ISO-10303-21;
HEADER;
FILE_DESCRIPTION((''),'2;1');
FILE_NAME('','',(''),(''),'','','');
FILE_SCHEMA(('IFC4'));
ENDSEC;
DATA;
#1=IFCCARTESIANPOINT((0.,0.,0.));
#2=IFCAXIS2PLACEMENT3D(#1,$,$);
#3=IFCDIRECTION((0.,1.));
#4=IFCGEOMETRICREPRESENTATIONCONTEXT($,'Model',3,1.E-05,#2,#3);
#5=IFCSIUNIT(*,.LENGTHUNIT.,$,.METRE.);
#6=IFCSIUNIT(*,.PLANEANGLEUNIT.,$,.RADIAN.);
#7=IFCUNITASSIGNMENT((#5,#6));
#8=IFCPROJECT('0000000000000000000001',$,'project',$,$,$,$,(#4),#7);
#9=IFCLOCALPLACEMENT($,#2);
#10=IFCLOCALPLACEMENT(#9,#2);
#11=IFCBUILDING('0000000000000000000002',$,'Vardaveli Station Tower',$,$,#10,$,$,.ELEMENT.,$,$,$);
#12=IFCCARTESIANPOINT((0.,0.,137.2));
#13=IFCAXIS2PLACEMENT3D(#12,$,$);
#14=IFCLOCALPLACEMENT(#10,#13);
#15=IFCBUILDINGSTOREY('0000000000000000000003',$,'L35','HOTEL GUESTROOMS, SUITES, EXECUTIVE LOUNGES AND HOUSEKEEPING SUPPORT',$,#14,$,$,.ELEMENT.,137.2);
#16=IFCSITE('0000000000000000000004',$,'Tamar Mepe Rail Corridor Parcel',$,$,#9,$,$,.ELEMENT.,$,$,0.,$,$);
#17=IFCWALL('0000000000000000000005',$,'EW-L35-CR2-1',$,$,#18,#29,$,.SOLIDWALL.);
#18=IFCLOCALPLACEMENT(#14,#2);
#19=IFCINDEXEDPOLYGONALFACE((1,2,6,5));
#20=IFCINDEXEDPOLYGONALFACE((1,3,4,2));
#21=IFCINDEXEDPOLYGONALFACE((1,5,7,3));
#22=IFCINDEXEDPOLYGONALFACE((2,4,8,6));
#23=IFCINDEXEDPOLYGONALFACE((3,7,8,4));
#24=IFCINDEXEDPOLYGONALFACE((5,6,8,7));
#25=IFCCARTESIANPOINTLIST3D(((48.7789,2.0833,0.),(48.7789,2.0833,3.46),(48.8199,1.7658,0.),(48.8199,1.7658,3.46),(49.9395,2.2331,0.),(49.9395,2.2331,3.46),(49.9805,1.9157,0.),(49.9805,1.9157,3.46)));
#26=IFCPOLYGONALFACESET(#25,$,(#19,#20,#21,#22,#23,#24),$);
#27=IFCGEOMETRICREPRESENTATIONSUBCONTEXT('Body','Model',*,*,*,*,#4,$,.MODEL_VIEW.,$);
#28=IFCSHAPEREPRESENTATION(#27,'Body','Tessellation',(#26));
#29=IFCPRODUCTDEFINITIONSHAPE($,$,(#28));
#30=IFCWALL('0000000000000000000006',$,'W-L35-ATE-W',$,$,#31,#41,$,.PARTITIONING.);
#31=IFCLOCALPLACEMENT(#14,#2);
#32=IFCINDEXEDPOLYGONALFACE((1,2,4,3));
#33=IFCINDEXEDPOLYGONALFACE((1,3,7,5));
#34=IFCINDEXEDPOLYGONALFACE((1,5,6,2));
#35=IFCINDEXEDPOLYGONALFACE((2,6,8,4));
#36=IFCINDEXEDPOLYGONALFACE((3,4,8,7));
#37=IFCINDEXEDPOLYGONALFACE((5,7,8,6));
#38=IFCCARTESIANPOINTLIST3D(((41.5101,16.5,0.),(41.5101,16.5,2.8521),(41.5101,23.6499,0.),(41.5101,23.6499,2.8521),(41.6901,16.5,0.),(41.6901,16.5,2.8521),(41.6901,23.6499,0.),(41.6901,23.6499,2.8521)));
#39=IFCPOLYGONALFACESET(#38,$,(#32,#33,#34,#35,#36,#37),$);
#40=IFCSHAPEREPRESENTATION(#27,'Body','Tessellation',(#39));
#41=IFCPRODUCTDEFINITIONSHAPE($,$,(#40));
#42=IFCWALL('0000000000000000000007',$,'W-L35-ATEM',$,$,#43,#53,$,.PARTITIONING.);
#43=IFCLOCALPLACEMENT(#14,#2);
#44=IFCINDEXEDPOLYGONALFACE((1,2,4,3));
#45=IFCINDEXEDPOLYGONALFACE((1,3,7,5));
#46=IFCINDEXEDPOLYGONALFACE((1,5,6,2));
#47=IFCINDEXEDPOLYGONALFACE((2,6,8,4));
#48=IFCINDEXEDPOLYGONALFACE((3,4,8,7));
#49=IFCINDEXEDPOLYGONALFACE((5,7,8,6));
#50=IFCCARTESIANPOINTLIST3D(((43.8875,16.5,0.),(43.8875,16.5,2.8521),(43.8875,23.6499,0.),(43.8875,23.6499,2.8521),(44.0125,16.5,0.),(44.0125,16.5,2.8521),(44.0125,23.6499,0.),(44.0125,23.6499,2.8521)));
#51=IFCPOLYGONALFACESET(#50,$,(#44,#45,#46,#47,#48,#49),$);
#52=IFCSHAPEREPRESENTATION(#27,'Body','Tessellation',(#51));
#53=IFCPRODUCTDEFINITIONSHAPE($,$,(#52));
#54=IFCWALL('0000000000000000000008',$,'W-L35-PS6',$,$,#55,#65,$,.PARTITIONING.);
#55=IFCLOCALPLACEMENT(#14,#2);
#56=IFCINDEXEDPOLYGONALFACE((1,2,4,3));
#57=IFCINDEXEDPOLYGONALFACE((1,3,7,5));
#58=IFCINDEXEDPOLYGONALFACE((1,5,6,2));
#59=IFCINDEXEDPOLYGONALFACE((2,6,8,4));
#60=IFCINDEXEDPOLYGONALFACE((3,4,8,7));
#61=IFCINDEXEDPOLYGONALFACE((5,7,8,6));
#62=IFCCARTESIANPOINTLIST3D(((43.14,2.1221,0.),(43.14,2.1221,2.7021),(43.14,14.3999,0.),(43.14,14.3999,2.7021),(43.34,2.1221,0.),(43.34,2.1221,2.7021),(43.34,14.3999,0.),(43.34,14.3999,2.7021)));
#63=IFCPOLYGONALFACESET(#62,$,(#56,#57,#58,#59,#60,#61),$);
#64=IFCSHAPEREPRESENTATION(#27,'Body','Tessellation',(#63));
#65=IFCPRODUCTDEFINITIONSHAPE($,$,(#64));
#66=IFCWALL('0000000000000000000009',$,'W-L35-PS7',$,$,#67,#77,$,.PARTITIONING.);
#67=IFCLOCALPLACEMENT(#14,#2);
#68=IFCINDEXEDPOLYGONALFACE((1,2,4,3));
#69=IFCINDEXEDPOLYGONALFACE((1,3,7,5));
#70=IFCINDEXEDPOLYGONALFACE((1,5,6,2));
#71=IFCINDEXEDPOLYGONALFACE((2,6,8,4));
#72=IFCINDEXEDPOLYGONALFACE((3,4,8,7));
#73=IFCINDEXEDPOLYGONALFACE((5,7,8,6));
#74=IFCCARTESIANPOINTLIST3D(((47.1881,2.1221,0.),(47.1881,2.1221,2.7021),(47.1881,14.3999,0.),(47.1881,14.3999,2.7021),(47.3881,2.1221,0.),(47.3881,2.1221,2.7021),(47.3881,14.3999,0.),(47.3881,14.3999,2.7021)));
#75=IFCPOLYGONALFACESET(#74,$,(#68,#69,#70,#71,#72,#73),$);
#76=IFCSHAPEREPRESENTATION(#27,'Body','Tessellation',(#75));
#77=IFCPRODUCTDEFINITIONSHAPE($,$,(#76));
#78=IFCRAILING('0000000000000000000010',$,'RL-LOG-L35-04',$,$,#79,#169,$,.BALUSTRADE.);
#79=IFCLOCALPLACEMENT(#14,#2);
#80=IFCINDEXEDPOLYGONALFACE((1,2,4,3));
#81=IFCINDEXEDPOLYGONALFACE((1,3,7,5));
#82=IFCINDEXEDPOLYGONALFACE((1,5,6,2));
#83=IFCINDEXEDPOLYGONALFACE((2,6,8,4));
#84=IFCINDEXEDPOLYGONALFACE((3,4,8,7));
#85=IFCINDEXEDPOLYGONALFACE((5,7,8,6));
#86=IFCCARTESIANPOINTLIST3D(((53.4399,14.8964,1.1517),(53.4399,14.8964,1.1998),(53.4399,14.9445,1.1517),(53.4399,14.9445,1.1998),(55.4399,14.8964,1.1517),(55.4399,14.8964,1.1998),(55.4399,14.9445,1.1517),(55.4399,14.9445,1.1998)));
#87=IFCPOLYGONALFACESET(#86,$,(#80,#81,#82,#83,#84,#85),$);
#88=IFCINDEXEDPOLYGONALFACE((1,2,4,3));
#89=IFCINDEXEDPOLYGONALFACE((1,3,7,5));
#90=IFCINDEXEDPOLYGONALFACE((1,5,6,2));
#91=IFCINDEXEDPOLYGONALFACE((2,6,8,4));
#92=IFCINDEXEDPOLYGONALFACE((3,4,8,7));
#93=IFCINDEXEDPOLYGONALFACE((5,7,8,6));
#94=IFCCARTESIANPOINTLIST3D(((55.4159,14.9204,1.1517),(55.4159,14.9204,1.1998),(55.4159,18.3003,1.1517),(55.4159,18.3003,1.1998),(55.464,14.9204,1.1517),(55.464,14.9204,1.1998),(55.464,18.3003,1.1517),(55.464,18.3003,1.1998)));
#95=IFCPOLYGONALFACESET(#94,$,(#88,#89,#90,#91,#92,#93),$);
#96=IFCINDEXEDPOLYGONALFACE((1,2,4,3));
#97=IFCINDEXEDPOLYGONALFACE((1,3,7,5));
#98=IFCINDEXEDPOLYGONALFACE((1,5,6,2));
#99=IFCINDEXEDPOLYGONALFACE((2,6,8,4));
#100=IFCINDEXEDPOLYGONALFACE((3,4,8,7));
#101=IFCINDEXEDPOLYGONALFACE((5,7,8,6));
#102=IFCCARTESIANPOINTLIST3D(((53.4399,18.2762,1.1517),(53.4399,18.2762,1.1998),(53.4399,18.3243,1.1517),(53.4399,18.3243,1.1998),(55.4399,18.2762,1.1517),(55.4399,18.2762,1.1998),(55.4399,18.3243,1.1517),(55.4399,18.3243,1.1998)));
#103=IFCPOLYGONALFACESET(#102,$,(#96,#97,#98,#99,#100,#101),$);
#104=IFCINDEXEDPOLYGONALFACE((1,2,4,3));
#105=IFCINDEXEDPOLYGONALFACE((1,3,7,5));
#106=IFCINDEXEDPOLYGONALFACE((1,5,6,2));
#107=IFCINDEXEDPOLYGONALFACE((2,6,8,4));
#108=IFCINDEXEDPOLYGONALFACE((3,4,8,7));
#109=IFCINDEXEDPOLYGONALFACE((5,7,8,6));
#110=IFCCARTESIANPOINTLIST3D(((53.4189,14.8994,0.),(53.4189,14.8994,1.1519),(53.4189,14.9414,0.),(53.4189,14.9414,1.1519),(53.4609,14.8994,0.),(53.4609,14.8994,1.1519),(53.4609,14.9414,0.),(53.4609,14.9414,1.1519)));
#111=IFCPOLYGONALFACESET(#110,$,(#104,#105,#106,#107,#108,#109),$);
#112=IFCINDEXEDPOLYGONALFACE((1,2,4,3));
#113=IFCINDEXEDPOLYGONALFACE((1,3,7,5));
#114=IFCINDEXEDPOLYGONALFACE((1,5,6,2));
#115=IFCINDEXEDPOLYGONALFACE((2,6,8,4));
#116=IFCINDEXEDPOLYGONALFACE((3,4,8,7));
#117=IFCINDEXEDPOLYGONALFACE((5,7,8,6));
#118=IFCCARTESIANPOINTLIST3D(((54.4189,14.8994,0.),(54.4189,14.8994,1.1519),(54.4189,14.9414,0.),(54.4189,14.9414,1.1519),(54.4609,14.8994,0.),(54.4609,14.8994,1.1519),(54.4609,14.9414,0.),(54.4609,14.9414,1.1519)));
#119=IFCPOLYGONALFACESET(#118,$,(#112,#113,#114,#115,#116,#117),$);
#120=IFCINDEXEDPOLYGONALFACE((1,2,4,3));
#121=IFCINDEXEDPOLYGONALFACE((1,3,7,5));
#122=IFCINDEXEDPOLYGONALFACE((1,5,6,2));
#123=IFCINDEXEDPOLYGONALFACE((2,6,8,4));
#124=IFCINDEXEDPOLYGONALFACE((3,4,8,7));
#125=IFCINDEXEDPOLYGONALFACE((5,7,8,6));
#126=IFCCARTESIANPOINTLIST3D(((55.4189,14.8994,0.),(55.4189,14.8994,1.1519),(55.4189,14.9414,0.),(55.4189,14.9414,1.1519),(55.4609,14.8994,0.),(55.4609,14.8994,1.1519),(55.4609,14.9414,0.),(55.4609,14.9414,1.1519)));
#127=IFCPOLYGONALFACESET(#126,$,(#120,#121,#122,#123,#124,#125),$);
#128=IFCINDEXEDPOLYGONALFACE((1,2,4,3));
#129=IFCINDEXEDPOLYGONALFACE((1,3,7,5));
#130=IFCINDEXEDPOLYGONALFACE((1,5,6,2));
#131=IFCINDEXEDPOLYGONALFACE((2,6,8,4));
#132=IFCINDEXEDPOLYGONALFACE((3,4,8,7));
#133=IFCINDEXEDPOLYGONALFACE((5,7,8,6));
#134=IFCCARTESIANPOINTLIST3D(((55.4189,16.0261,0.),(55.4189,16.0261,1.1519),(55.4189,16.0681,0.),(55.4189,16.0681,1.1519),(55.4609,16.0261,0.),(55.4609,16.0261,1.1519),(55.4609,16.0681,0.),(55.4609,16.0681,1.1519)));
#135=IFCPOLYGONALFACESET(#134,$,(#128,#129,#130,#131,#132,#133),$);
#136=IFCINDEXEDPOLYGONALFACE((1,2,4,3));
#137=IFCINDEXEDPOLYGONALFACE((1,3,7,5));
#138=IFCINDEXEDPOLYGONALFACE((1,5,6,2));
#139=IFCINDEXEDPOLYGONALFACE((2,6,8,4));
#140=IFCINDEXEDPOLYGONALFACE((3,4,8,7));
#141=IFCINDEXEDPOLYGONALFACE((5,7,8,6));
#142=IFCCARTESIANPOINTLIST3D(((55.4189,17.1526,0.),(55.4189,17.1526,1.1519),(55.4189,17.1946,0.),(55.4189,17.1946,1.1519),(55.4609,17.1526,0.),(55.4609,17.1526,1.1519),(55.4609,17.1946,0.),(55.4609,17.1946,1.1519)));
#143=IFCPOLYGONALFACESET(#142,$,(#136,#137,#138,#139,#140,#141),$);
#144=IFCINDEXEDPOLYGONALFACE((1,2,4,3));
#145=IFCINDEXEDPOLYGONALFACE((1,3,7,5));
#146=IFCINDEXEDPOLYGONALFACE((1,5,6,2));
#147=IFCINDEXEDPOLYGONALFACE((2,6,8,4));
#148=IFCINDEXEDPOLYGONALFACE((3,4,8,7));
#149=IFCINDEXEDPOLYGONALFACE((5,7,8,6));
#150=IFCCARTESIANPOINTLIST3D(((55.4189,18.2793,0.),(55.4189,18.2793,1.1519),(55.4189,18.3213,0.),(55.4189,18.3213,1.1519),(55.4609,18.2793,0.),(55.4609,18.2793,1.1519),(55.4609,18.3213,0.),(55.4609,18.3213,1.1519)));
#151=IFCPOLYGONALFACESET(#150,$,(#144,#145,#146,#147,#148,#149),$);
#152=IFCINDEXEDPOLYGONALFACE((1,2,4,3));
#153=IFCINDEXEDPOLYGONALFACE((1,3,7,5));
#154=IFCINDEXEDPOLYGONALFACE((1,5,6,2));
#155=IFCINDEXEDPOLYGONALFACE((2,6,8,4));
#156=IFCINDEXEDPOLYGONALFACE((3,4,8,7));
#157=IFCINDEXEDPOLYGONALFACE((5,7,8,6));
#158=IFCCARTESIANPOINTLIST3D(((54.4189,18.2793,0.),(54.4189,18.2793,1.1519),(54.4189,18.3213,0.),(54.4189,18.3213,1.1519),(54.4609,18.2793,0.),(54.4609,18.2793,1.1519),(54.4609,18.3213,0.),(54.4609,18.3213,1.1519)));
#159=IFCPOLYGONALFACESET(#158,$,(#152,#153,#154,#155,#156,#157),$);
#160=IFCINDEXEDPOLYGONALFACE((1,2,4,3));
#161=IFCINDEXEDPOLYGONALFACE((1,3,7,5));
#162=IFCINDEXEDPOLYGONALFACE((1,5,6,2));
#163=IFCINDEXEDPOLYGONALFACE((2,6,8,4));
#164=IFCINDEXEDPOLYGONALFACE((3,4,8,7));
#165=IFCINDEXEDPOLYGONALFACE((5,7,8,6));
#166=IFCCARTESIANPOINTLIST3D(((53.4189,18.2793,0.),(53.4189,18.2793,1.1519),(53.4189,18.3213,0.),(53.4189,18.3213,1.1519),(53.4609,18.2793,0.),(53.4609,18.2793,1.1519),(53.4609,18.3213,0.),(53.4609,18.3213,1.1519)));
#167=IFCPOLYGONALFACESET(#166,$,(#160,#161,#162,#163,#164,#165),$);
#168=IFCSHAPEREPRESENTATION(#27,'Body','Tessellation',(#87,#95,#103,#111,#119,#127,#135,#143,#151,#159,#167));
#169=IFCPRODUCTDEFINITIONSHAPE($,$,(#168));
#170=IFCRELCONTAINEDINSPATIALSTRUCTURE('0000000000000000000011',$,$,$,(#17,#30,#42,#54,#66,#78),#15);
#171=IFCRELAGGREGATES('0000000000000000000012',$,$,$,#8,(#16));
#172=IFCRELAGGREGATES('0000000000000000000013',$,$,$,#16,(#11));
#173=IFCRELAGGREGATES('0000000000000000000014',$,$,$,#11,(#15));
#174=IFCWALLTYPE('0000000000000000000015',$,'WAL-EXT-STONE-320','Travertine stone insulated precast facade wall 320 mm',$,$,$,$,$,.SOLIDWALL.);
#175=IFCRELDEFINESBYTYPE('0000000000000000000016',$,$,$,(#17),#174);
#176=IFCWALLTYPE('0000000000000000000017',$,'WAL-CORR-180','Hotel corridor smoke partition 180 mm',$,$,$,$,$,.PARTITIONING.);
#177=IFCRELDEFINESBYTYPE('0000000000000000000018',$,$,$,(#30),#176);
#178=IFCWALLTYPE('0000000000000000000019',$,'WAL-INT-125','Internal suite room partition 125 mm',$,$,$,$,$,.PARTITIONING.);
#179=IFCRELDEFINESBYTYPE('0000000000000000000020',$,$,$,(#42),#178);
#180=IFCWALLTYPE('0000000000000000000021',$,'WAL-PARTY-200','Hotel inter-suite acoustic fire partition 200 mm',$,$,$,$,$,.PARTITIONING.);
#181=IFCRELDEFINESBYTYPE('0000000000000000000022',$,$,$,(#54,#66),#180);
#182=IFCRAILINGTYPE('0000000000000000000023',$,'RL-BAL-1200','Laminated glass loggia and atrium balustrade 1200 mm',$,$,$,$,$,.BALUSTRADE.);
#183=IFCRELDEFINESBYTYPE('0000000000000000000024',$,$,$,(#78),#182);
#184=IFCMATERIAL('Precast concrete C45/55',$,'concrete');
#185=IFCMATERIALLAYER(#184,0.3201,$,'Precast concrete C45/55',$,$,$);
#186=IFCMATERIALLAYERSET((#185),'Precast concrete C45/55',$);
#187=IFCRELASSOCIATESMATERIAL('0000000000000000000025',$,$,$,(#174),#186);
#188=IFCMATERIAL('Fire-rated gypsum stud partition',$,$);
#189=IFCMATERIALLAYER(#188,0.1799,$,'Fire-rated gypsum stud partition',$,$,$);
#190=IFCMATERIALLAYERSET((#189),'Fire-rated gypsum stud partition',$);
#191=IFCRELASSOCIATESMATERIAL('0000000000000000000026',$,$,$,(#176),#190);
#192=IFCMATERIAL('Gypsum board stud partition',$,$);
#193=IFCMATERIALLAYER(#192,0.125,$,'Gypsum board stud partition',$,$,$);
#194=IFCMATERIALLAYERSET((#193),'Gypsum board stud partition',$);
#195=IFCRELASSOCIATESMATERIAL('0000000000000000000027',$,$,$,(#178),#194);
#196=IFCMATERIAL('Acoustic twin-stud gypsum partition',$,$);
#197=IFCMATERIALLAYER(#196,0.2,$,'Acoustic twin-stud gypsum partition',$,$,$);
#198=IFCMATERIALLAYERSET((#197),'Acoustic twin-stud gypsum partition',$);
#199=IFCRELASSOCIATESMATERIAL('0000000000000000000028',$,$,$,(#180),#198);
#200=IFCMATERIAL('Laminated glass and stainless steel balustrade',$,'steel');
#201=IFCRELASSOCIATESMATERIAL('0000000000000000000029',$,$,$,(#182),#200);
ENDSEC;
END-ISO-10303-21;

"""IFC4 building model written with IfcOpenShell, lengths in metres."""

from ifc_helpers import new_model, si_unit, direction, frame, frame_2d, origin, origin_2d, place, context, subcontext, project, spatial, rectangle, extrude, source, transform, mapped, material, layer, layer_set, type_object, element, save


model = new_model("IFC4")

# Units and contexts
model_context = context("Model", 3, precision=1e-05, world=origin(), true_north=direction((0.0, 1.0)))
body_context = subcontext(model_context, "Body", "Model", "MODEL_VIEW")
ifc_project = project(units=[si_unit("LENGTHUNIT", "METRE"), si_unit("PLANEANGLEUNIT", "RADIAN")], contexts=[model_context])

# Site, building, storey
site_placement = place(None, origin())
site = spatial("IfcSite", under=ifc_project, at=site_placement, Name="Tamar Mepe Rail Corridor Parcel", CompositionType="ELEMENT", RefElevation=0.0)
building_placement = place(site_placement, origin())
building = spatial("IfcBuilding", under=site, at=building_placement, Name="Vardaveli Station Tower", CompositionType="ELEMENT")
storey_placement = place(building_placement, frame((0.0, 0.0, 137.2)))
storey = spatial("IfcBuildingStorey", under=building, at=storey_placement, Name="L35", Description="HOTEL GUESTROOMS, SUITES, EXECUTIVE LOUNGES AND HOUSEKEEPING SUPPORT", CompositionType="ELEMENT", Elevation=137.2)

# Shared definitions
ifc_material_1 = material(Name="Precast concrete C45/55", Category="concrete")

# Shared definitions
ifc_layer_1 = layer(ifc_material_1, 0.3201, Name="Precast concrete C45/55")
ifc_layer_set_1 = layer_set([ifc_layer_1], Name="Precast concrete C45/55")
wall_type_1 = type_object("IfcWallType", Name="WAL-EXT-STONE-320", Description="Travertine stone insulated precast facade wall 320 mm", PredefinedType="SOLIDWALL", material=ifc_layer_set_1)

# Wall
shared_shape_1 = source(origin(), body_context, "Body", "SweptSolid", [
    extrude(rectangle(XDim=1.1702, YDim=0.3201, at=frame_2d((0.585, 0.0))), origin(), (0.0, 0.0, 1.0), 3.46),
])
wall_1_placement = place(storey_placement, frame((48.7996, 1.9246, 0.0), z_axis=(0.0, 0.0, 1.0), x_axis=(0.991762, 0.12809, 0.0)))
element("IfcWall", 1, at=wall_1_placement, inside=storey, type_object=wall_type_1, Name="EW-L35-CR2-1", PredefinedType="SOLIDWALL", context=body_context, shape_type="MappedRepresentation", body=[
    mapped(shared_shape_1, transform((0.0, 0.0, 0.0), scale=1.0)),
])

# Shared definitions
ifc_material_2 = material(Name="Fire-rated gypsum stud partition")
ifc_layer_2 = layer(ifc_material_2, 0.1799, Name="Fire-rated gypsum stud partition")
ifc_layer_set_2 = layer_set([ifc_layer_2], Name="Fire-rated gypsum stud partition")
wall_type_2 = type_object("IfcWallType", Name="WAL-CORR-180", Description="Hotel corridor smoke partition 180 mm", PredefinedType="PARTITIONING", material=ifc_layer_set_2)

# Walls
shared_shape_2 = source(origin(), body_context, "Body", "SweptSolid", [
    extrude(rectangle(XDim=7.1499, YDim=0.1799, at=frame_2d((3.575, 0.0))), origin(), (0.0, 0.0, 1.0), 2.8521),
])
wall_2_placement = place(storey_placement, frame((41.6001, 16.5, 0.0), z_axis=(0.0, 0.0, 1.0), x_axis=(0.0, 1.0, 0.0)))
element("IfcWall", 2, at=wall_2_placement, inside=storey, type_object=wall_type_2, Name="W-L35-ATE-W", PredefinedType="PARTITIONING", context=body_context, shape_type="MappedRepresentation", body=[
    mapped(shared_shape_2, transform((0.0, 0.0, 0.0), scale=1.0)),
])
ifc_material_3 = material(Name="Gypsum board stud partition")
ifc_layer_3 = layer(ifc_material_3, 0.125, Name="Gypsum board stud partition")
ifc_layer_set_3 = layer_set([ifc_layer_3], Name="Gypsum board stud partition")
wall_type_3 = type_object("IfcWallType", Name="WAL-INT-125", Description="Internal suite room partition 125 mm", PredefinedType="PARTITIONING", material=ifc_layer_set_3)
shared_shape_3 = source(origin(), body_context, "Body", "SweptSolid", [
    extrude(rectangle(XDim=7.1499, YDim=0.125, at=frame_2d((3.575, 0.0))), origin(), (0.0, 0.0, 1.0), 2.8521),
])
wall_3_placement = place(storey_placement, frame((43.95, 16.5, 0.0), z_axis=(0.0, 0.0, 1.0), x_axis=(0.0, 1.0, 0.0)))
element("IfcWall", 3, at=wall_3_placement, inside=storey, type_object=wall_type_3, Name="W-L35-ATEM", PredefinedType="PARTITIONING", context=body_context, shape_type="MappedRepresentation", body=[
    mapped(shared_shape_3, transform((0.0, 0.0, 0.0), scale=1.0)),
])
ifc_material_4 = material(Name="Acoustic twin-stud gypsum partition")
ifc_layer_4 = layer(ifc_material_4, 0.2, Name="Acoustic twin-stud gypsum partition")
ifc_layer_set_4 = layer_set([ifc_layer_4], Name="Acoustic twin-stud gypsum partition")
wall_type_4 = type_object("IfcWallType", Name="WAL-PARTY-200", Description="Hotel inter-suite acoustic fire partition 200 mm", PredefinedType="PARTITIONING", material=ifc_layer_set_4)
shared_shape_4 = source(origin(), body_context, "Body", "SweptSolid", [
    extrude(rectangle(XDim=12.2778, YDim=0.2, at=frame_2d((6.1389, 0.0))), origin(), (0.0, 0.0, 1.0), 2.7021),
])
for number, where, z_axis, x_axis, name in (
    (4, (43.24, 2.1221, 0.0), (0.0, 0.0, 1.0), (0.0, 1.0, 0.0), "W-L35-PS6"),
    (5, (47.2881, 2.1221, 0.0), (0.0, 0.0, 1.0), (0.0, 1.0, 0.0), "W-L35-PS7"),
):
    element("IfcWall", number, at=place(storey_placement, frame(where, z_axis=z_axis, x_axis=x_axis)), inside=storey, type_object=wall_type_4, Name=name, PredefinedType="PARTITIONING", context=body_context, shape_type="MappedRepresentation", body=[
        mapped(shared_shape_4, transform((0.0, 0.0, 0.0), scale=1.0)),
    ])

# Railing
ifc_material_5 = material(Name="Laminated glass and stainless steel balustrade", Category="steel")
railing_type = type_object("IfcRailingType", Name="RL-BAL-1200", Description="Laminated glass loggia and atrium balustrade 1200 mm", PredefinedType="BALUSTRADE", material=ifc_material_5)
shared_shape_5 = source(origin(), body_context, "Body", "SweptSolid", [
    extrude(rectangle(XDim=0.0481, YDim=0.0481, at=origin_2d()), frame((0.0, 0.0, 1.1758), z_axis=(1.0, 0.0, 0.0), x_axis=(0.0, 1.0, 0.0)), (0.0, 0.0, 1.0), 2.0),
    extrude(rectangle(XDim=0.0481, YDim=0.0481, at=origin_2d()), frame((2.0, 0.0, 1.1758), z_axis=(0.0, 1.0, 0.0), x_axis=(-1.0, 0.0, 0.0)), (0.0, 0.0, 1.0), 3.3799),
    extrude(rectangle(XDim=0.0481, YDim=0.0481, at=origin_2d()), frame((2.0, 3.3799, 1.1758), z_axis=(-1.0, 0.0, 0.0), x_axis=(0.0, -1.0, 0.0)), (0.0, 0.0, 1.0), 2.0),
    extrude(rectangle(XDim=0.042, YDim=0.042, at=origin_2d()), origin(), (0.0, 0.0, 1.0), 1.1519),
    extrude(rectangle(XDim=0.042, YDim=0.042, at=origin_2d()), frame((1.0, 0.0, 0.0)), (0.0, 0.0, 1.0), 1.1519),
    extrude(rectangle(XDim=0.042, YDim=0.042, at=origin_2d()), frame((2.0, 0.0, 0.0)), (0.0, 0.0, 1.0), 1.1519),
    extrude(rectangle(XDim=0.042, YDim=0.042, at=origin_2d()), frame((2.0, 1.1267, 0.0)), (0.0, 0.0, 1.0), 1.1519),
    extrude(rectangle(XDim=0.042, YDim=0.042, at=origin_2d()), frame((2.0, 2.2532, 0.0)), (0.0, 0.0, 1.0), 1.1519),
    extrude(rectangle(XDim=0.042, YDim=0.042, at=origin_2d()), frame((2.0, 3.3799, 0.0)), (0.0, 0.0, 1.0), 1.1519),
    extrude(rectangle(XDim=0.042, YDim=0.042, at=origin_2d()), frame((1.0, 3.3799, 0.0)), (0.0, 0.0, 1.0), 1.1519),
    extrude(rectangle(XDim=0.042, YDim=0.042, at=origin_2d()), frame((0.0, 3.3799, 0.0)), (0.0, 0.0, 1.0), 1.1519),
])
railing_placement = place(storey_placement, frame((53.4399, 14.9204, 0.0)))
element("IfcRailing", 6, at=railing_placement, inside=storey, type_object=railing_type, Name="RL-LOG-L35-04", PredefinedType="BALUSTRADE", context=body_context, shape_type="MappedRepresentation", body=[
    mapped(shared_shape_5, transform((0.0, 0.0, 0.0), scale=1.0)),
])

save(model, "model.ifc")
